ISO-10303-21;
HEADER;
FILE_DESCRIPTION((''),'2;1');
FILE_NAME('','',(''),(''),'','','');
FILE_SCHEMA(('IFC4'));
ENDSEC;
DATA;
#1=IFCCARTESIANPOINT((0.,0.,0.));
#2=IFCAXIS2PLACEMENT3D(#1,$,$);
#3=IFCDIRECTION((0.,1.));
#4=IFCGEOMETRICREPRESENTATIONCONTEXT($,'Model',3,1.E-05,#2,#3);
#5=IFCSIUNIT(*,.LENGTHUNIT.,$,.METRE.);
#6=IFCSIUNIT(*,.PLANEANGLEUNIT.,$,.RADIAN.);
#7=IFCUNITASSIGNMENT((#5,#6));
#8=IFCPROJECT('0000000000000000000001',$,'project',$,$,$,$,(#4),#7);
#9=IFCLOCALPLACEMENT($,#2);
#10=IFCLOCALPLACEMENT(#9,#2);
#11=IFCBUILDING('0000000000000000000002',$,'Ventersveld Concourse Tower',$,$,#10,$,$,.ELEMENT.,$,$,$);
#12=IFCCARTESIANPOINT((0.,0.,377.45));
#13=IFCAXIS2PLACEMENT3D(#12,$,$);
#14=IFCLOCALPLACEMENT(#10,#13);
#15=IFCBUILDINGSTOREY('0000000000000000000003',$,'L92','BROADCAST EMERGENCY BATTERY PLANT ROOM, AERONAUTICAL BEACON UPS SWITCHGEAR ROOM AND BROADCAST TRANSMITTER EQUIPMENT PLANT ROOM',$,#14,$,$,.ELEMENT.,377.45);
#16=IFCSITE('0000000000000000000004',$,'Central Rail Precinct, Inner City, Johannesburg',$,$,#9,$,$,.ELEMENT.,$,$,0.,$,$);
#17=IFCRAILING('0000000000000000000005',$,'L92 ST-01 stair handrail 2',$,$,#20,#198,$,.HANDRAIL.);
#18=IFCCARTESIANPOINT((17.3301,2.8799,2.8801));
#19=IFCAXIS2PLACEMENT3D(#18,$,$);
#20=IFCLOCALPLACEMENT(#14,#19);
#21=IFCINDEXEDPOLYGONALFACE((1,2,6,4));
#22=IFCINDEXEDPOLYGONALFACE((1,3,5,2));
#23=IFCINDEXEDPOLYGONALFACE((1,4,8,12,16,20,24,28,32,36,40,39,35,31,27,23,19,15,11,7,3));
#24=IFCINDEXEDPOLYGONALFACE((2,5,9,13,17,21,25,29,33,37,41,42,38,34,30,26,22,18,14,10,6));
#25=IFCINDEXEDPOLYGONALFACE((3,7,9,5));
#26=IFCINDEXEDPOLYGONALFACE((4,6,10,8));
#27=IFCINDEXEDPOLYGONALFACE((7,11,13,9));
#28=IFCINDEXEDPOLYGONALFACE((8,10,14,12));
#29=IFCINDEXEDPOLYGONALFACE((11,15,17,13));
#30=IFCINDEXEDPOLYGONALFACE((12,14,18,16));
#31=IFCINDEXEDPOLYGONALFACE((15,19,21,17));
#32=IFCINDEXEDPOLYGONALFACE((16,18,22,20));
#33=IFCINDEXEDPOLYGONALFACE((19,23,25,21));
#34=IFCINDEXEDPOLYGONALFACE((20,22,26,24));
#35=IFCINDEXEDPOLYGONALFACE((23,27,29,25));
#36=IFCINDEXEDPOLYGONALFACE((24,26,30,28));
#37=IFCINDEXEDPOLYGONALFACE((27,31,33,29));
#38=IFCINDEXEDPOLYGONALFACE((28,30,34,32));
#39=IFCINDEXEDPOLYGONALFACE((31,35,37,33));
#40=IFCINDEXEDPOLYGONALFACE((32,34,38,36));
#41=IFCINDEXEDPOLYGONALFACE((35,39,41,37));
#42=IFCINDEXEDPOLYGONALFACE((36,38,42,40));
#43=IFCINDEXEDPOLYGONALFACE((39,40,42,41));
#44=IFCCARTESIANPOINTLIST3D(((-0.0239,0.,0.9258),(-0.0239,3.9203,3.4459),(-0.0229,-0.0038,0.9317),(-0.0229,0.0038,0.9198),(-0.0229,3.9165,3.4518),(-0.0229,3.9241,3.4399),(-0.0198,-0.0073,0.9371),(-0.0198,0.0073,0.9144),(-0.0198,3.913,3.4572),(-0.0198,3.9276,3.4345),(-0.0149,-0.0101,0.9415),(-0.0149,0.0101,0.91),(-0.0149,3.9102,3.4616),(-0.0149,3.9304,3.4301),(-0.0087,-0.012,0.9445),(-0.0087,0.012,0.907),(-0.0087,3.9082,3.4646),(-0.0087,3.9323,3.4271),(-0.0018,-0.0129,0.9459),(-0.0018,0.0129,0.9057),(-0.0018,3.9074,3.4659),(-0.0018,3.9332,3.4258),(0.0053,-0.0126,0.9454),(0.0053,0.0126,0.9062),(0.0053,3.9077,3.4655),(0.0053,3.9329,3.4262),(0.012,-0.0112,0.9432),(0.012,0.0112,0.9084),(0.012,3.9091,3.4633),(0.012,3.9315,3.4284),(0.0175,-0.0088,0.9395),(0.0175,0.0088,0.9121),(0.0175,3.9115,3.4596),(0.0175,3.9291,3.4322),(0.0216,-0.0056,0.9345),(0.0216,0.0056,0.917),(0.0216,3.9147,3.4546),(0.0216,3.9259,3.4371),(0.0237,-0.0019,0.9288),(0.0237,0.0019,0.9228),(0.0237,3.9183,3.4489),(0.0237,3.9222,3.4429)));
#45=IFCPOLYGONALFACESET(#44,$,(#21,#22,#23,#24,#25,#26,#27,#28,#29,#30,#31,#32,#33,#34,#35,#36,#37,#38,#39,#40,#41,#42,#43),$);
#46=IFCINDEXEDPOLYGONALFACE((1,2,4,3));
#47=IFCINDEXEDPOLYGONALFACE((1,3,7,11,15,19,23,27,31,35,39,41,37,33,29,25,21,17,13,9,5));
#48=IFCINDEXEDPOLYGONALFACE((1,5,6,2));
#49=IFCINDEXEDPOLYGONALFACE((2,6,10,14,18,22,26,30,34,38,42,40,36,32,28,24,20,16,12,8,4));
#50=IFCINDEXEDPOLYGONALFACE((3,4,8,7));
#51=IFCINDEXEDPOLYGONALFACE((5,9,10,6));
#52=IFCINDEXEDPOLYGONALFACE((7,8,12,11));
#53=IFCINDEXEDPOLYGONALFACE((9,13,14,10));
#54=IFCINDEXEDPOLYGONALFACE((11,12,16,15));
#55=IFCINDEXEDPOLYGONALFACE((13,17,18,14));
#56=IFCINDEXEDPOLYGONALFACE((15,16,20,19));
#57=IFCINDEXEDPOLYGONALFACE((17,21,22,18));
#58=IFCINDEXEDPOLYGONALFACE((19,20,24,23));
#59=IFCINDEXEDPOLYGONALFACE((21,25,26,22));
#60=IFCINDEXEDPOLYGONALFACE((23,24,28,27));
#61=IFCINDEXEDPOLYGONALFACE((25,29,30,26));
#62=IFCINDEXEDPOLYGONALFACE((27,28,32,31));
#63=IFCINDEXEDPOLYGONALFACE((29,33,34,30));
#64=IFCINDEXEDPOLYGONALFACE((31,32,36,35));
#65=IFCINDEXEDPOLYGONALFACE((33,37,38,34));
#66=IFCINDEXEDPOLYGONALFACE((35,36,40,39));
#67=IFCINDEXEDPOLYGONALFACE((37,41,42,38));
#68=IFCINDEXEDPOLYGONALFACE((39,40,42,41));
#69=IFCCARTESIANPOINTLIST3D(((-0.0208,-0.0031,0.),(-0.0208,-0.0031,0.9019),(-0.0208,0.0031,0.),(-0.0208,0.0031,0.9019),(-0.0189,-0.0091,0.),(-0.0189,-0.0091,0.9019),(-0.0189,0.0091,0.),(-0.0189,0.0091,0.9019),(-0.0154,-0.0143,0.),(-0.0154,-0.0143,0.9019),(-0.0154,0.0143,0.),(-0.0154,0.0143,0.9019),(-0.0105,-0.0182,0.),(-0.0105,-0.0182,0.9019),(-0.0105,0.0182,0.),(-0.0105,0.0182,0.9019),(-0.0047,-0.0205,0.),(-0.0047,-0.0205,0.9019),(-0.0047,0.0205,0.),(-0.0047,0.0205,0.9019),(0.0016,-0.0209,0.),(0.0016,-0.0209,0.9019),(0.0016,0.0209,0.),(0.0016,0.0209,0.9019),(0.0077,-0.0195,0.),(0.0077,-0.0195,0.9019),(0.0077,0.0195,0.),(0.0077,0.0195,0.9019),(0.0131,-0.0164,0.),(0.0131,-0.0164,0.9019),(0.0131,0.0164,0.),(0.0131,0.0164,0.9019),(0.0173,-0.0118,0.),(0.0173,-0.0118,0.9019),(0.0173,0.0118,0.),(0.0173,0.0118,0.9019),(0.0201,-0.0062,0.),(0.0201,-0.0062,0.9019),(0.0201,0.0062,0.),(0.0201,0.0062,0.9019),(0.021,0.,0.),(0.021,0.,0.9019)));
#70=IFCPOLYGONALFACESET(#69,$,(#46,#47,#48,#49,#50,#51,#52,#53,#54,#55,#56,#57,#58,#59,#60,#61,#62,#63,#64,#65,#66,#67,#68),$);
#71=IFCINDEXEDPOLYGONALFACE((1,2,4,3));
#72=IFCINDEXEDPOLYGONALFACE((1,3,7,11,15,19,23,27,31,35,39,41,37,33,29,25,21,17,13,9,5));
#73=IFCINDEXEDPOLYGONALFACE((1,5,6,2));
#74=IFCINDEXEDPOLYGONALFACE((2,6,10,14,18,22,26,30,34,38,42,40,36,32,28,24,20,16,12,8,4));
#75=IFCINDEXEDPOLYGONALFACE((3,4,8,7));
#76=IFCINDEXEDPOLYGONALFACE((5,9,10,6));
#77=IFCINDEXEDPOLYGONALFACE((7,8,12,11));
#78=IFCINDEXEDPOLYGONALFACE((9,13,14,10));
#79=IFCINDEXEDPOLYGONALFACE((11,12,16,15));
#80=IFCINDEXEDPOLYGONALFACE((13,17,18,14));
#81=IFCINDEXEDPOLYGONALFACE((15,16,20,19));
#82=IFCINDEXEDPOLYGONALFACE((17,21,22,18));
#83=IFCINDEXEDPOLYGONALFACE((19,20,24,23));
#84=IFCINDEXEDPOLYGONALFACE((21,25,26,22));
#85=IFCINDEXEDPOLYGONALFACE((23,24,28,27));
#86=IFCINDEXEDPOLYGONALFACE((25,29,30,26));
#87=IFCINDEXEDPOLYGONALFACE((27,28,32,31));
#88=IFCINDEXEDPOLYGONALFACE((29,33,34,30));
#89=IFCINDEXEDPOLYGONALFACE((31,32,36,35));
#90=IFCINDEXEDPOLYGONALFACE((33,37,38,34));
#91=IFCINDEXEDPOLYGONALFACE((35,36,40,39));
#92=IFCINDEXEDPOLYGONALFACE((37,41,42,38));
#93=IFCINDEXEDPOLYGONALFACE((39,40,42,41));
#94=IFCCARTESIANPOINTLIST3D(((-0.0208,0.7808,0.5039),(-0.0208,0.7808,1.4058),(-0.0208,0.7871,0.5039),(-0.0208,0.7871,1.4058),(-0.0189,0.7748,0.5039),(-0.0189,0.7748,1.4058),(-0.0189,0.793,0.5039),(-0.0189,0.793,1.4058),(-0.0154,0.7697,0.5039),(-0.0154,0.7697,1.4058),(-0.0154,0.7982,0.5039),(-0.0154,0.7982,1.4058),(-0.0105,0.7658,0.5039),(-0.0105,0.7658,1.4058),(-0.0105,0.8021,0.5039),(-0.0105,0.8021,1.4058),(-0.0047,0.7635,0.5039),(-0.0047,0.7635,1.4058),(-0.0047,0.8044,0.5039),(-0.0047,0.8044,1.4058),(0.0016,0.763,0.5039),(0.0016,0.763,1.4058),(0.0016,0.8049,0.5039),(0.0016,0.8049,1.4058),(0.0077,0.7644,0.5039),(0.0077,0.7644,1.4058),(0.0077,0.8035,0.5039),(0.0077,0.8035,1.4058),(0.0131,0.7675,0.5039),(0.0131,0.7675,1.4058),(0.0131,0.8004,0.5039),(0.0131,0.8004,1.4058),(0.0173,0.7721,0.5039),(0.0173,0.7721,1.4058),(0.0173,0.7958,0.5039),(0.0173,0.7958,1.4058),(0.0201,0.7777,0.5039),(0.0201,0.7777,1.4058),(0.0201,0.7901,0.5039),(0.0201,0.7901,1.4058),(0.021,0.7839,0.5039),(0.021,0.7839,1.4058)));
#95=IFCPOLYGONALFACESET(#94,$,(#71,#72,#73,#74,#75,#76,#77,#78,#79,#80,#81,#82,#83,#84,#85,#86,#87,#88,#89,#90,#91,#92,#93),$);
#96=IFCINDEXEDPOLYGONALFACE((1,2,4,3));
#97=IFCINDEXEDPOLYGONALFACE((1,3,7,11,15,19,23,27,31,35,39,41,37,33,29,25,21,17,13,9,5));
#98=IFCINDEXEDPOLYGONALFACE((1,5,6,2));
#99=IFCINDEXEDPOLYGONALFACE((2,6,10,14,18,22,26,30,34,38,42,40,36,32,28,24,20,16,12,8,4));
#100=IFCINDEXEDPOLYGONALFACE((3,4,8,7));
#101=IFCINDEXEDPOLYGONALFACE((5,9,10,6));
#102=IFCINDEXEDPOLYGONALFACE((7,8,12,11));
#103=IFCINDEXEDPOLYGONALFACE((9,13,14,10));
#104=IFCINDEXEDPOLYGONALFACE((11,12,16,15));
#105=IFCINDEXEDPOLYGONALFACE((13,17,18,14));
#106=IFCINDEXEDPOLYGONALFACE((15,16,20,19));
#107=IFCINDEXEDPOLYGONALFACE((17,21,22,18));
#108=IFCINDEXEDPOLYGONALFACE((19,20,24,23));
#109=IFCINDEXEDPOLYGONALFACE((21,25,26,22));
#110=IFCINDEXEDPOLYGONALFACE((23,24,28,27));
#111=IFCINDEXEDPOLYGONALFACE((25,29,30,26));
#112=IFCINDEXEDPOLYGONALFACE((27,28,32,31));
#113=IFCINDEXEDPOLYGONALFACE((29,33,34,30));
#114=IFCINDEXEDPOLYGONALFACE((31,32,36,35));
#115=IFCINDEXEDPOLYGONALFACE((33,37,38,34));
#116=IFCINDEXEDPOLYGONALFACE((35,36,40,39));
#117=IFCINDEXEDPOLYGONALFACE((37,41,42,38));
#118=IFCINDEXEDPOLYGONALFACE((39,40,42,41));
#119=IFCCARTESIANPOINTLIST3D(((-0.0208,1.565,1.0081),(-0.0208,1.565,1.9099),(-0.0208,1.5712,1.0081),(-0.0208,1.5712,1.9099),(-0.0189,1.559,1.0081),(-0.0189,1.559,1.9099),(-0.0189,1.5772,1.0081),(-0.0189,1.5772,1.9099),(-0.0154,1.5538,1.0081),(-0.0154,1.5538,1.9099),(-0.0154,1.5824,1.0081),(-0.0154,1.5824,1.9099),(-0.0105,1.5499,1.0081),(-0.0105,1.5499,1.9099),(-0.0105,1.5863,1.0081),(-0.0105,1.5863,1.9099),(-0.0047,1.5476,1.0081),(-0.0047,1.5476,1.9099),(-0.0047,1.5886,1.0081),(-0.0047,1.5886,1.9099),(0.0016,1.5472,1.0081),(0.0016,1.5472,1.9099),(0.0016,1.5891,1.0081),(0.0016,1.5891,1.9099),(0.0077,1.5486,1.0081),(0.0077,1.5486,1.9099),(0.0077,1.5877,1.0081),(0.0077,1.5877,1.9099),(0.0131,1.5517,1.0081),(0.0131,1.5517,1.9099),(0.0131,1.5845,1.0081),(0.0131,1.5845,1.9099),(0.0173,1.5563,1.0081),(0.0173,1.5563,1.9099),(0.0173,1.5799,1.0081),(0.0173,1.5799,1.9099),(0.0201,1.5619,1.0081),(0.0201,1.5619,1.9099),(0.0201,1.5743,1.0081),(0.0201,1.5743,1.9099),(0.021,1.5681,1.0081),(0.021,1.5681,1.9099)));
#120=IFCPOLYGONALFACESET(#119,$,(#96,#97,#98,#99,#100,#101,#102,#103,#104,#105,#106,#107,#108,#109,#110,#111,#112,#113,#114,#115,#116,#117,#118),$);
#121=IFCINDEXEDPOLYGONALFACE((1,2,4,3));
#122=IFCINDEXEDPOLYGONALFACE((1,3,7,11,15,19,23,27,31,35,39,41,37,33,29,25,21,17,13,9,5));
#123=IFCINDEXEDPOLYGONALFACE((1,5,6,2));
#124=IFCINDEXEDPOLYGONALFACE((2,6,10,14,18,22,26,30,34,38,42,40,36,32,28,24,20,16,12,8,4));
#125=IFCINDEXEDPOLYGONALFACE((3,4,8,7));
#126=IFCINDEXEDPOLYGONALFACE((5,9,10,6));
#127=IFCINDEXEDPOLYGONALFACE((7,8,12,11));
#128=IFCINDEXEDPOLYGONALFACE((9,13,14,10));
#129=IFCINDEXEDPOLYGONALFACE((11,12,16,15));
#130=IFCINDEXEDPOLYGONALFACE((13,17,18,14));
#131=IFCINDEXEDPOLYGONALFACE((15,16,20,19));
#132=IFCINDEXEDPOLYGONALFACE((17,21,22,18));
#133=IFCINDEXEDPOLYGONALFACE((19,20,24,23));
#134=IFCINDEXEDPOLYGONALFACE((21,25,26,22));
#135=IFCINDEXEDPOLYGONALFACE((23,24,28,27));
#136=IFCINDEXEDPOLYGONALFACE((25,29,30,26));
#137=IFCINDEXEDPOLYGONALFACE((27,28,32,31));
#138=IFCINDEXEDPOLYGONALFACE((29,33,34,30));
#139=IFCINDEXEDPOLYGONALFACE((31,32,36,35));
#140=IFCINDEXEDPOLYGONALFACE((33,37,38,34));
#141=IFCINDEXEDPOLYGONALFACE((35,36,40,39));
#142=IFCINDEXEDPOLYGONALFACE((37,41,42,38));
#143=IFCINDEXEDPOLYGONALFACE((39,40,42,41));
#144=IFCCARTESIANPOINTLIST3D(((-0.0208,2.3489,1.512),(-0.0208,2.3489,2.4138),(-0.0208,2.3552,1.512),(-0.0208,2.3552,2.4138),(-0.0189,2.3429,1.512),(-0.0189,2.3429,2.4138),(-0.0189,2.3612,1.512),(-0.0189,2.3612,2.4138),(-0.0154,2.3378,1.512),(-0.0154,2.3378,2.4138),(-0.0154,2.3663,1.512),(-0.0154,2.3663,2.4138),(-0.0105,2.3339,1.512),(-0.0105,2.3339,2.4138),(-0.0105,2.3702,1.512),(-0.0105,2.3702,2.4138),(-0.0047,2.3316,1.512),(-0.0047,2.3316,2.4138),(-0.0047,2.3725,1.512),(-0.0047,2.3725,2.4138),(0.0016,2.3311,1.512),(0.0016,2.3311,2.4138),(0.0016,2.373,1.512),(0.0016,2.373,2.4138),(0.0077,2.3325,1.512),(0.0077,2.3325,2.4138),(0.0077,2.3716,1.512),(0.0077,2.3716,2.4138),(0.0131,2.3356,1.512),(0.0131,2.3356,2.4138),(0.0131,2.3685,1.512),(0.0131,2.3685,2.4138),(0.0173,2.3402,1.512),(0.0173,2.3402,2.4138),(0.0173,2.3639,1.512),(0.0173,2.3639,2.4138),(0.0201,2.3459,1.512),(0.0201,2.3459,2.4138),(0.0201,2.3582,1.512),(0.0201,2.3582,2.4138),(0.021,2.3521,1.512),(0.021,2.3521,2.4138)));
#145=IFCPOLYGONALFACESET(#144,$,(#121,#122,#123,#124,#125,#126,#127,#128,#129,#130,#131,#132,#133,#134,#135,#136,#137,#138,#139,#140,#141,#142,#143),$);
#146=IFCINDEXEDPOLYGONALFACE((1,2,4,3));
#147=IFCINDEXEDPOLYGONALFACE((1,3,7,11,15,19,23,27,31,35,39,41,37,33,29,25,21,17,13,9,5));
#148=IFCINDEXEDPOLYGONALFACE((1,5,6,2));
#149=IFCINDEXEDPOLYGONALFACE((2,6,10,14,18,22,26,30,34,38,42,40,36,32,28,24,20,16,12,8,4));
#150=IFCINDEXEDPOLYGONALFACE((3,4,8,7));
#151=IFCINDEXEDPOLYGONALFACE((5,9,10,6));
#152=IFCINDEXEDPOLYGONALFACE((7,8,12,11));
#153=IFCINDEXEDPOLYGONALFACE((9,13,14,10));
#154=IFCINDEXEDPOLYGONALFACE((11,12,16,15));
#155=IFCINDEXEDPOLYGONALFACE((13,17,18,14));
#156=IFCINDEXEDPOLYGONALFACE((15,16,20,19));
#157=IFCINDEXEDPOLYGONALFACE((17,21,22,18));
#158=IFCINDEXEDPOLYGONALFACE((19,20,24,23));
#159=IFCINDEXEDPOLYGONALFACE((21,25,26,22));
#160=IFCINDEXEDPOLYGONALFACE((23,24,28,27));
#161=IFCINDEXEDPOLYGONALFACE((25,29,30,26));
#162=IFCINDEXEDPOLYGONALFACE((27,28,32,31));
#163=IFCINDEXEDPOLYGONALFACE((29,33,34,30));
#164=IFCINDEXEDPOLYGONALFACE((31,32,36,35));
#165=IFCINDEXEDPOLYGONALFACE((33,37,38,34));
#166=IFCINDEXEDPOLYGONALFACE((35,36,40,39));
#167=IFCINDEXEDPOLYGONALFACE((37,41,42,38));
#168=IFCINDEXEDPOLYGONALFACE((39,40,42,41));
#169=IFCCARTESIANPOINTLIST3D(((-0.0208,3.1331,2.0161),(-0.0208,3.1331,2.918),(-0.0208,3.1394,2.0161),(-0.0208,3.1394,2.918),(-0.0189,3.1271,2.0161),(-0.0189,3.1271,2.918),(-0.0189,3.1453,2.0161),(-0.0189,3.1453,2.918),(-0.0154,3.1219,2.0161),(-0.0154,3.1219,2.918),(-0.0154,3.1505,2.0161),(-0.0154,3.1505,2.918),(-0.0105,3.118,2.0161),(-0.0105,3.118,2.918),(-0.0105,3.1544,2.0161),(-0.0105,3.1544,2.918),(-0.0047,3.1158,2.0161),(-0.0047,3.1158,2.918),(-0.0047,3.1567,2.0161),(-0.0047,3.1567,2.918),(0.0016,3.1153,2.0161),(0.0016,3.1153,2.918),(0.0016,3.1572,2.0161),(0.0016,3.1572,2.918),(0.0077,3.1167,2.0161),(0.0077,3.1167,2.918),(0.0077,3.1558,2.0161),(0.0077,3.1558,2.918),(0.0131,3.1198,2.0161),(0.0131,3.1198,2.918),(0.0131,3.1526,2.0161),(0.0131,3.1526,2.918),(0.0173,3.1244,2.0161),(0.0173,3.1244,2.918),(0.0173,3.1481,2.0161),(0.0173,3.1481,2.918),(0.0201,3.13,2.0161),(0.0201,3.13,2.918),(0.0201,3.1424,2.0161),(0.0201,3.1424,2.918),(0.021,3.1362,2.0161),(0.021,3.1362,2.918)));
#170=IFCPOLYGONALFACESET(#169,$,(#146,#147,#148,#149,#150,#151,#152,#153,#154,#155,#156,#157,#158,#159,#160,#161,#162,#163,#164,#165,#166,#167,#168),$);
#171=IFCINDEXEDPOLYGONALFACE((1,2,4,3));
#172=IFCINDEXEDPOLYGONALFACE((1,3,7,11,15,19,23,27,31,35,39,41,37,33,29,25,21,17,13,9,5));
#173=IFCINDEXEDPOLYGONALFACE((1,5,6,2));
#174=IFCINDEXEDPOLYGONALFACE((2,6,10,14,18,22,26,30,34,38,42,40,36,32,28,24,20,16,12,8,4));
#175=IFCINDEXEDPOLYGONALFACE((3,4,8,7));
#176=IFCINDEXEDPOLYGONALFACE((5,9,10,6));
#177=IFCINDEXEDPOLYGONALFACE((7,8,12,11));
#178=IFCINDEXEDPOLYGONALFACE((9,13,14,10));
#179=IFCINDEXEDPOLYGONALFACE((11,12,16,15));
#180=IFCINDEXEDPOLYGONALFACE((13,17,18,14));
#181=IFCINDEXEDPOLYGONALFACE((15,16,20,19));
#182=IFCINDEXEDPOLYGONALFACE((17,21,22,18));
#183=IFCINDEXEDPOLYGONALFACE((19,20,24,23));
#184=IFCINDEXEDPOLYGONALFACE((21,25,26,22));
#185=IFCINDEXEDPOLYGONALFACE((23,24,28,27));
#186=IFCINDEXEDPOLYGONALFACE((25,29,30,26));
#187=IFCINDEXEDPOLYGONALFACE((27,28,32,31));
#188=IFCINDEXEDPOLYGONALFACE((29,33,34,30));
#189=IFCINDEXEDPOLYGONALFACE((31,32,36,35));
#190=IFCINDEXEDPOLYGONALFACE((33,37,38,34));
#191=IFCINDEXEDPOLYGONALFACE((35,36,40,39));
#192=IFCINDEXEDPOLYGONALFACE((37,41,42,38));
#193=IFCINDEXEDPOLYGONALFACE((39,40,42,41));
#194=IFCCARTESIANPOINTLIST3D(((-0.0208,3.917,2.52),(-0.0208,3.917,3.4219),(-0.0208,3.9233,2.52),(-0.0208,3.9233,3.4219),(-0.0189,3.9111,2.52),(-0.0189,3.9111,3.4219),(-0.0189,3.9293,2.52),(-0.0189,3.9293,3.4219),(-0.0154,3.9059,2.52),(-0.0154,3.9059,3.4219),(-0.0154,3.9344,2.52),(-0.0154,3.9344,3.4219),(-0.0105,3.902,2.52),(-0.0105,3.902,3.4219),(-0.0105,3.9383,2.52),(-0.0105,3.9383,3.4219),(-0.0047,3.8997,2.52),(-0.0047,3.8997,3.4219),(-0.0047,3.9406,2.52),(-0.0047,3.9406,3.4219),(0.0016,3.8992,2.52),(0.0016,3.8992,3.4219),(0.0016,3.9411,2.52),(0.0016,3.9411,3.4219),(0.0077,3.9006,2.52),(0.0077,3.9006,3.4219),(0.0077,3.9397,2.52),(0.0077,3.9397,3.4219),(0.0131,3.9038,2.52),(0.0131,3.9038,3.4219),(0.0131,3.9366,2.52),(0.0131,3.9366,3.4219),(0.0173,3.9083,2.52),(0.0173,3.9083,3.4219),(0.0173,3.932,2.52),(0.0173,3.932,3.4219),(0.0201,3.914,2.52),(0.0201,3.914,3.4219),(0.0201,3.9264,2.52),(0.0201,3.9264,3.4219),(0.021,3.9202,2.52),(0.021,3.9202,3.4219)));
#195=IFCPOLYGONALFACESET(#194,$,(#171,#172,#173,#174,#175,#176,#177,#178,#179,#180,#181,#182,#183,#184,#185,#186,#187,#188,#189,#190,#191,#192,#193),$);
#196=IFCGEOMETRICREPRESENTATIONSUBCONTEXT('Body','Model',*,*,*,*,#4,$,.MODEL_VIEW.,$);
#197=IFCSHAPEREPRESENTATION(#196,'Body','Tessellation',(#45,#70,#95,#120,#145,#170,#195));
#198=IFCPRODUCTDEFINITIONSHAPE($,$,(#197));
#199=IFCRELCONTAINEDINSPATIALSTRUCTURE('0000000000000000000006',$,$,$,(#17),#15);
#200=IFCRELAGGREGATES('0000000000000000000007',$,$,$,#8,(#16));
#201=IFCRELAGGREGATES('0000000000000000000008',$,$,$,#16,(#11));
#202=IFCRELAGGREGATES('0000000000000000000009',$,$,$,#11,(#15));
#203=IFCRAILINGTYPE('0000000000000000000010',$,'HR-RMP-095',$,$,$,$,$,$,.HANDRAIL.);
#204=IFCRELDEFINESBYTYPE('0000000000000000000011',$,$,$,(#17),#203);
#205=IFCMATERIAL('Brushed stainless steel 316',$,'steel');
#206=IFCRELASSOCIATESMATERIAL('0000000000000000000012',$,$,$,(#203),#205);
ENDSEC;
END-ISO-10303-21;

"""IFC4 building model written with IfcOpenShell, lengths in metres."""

from ifc_helpers import new_model, si_unit, direction, frame, origin, origin_2d, place, context, subcontext, project, spatial, circle, extrude, material, type_object, element, save


model = new_model("IFC4")

# Units and contexts
model_context = context("Model", 3, precision=1e-05, world=origin(), true_north=direction((0.0, 1.0)))
body_context = subcontext(model_context, "Body", "Model", "MODEL_VIEW")
ifc_project = project(units=[si_unit("LENGTHUNIT", "METRE"), si_unit("PLANEANGLEUNIT", "RADIAN")], contexts=[model_context])

# Site, building, storey
site_placement = place(None, origin())
site = spatial("IfcSite", under=ifc_project, at=site_placement, Name="Central Rail Precinct, Inner City, Johannesburg", CompositionType="ELEMENT", RefElevation=0.0)
building_placement = place(site_placement, origin())
building = spatial("IfcBuilding", under=site, at=building_placement, Name="Ventersveld Concourse Tower", CompositionType="ELEMENT")
storey_placement = place(building_placement, frame((0.0, 0.0, 377.45)))
storey = spatial("IfcBuildingStorey", under=building, at=storey_placement, Name="L92", Description="BROADCAST EMERGENCY BATTERY PLANT ROOM, AERONAUTICAL BEACON UPS SWITCHGEAR ROOM AND BROADCAST TRANSMITTER EQUIPMENT PLANT ROOM", CompositionType="ELEMENT", Elevation=377.45)

# Shared definitions
ifc_material_1 = material(Name="Brushed stainless steel 316", Category="steel")

# Railing
railing_type_1 = type_object("IfcRailingType", Name="HR-RMP-095", PredefinedType="HANDRAIL", material=ifc_material_1)
railing_1_placement = place(storey_placement, frame((17.3301, 2.8799, 2.8801)))
element("IfcRailing", 1, at=railing_1_placement, inside=storey, type_object=railing_type_1, Name="L92 ST-01 stair handrail 2", PredefinedType="HANDRAIL", context=body_context, shape_type="SweptSolid", body=[
    extrude(circle(Radius=0.0239, at=origin_2d()), frame((0.0, 0.0, 0.9258), z_axis=(0.0, 0.841187, 0.540744), x_axis=(-1.0, 0.0, 0.0)), (0.0, 0.0, 1.0), 4.6604),
    extrude(circle(Radius=0.021, at=origin_2d()), origin(), (0.0, 0.0, 1.0), 0.9019),
    extrude(circle(Radius=0.021, at=origin_2d()), frame((0.0, 0.7839, 0.5039)), (0.0, 0.0, 1.0), 0.9019),
    extrude(circle(Radius=0.021, at=origin_2d()), frame((0.0, 1.5681, 1.0081)), (0.0, 0.0, 1.0), 0.9019),
    extrude(circle(Radius=0.021, at=origin_2d()), frame((0.0, 2.3521, 1.512)), (0.0, 0.0, 1.0), 0.9019),
    extrude(circle(Radius=0.021, at=origin_2d()), frame((0.0, 3.1362, 2.0161)), (0.0, 0.0, 1.0), 0.9019),
    extrude(circle(Radius=0.021, at=origin_2d()), frame((0.0, 3.9202, 2.52)), (0.0, 0.0, 1.0), 0.9019),
])

save(model, "model.ifc")
